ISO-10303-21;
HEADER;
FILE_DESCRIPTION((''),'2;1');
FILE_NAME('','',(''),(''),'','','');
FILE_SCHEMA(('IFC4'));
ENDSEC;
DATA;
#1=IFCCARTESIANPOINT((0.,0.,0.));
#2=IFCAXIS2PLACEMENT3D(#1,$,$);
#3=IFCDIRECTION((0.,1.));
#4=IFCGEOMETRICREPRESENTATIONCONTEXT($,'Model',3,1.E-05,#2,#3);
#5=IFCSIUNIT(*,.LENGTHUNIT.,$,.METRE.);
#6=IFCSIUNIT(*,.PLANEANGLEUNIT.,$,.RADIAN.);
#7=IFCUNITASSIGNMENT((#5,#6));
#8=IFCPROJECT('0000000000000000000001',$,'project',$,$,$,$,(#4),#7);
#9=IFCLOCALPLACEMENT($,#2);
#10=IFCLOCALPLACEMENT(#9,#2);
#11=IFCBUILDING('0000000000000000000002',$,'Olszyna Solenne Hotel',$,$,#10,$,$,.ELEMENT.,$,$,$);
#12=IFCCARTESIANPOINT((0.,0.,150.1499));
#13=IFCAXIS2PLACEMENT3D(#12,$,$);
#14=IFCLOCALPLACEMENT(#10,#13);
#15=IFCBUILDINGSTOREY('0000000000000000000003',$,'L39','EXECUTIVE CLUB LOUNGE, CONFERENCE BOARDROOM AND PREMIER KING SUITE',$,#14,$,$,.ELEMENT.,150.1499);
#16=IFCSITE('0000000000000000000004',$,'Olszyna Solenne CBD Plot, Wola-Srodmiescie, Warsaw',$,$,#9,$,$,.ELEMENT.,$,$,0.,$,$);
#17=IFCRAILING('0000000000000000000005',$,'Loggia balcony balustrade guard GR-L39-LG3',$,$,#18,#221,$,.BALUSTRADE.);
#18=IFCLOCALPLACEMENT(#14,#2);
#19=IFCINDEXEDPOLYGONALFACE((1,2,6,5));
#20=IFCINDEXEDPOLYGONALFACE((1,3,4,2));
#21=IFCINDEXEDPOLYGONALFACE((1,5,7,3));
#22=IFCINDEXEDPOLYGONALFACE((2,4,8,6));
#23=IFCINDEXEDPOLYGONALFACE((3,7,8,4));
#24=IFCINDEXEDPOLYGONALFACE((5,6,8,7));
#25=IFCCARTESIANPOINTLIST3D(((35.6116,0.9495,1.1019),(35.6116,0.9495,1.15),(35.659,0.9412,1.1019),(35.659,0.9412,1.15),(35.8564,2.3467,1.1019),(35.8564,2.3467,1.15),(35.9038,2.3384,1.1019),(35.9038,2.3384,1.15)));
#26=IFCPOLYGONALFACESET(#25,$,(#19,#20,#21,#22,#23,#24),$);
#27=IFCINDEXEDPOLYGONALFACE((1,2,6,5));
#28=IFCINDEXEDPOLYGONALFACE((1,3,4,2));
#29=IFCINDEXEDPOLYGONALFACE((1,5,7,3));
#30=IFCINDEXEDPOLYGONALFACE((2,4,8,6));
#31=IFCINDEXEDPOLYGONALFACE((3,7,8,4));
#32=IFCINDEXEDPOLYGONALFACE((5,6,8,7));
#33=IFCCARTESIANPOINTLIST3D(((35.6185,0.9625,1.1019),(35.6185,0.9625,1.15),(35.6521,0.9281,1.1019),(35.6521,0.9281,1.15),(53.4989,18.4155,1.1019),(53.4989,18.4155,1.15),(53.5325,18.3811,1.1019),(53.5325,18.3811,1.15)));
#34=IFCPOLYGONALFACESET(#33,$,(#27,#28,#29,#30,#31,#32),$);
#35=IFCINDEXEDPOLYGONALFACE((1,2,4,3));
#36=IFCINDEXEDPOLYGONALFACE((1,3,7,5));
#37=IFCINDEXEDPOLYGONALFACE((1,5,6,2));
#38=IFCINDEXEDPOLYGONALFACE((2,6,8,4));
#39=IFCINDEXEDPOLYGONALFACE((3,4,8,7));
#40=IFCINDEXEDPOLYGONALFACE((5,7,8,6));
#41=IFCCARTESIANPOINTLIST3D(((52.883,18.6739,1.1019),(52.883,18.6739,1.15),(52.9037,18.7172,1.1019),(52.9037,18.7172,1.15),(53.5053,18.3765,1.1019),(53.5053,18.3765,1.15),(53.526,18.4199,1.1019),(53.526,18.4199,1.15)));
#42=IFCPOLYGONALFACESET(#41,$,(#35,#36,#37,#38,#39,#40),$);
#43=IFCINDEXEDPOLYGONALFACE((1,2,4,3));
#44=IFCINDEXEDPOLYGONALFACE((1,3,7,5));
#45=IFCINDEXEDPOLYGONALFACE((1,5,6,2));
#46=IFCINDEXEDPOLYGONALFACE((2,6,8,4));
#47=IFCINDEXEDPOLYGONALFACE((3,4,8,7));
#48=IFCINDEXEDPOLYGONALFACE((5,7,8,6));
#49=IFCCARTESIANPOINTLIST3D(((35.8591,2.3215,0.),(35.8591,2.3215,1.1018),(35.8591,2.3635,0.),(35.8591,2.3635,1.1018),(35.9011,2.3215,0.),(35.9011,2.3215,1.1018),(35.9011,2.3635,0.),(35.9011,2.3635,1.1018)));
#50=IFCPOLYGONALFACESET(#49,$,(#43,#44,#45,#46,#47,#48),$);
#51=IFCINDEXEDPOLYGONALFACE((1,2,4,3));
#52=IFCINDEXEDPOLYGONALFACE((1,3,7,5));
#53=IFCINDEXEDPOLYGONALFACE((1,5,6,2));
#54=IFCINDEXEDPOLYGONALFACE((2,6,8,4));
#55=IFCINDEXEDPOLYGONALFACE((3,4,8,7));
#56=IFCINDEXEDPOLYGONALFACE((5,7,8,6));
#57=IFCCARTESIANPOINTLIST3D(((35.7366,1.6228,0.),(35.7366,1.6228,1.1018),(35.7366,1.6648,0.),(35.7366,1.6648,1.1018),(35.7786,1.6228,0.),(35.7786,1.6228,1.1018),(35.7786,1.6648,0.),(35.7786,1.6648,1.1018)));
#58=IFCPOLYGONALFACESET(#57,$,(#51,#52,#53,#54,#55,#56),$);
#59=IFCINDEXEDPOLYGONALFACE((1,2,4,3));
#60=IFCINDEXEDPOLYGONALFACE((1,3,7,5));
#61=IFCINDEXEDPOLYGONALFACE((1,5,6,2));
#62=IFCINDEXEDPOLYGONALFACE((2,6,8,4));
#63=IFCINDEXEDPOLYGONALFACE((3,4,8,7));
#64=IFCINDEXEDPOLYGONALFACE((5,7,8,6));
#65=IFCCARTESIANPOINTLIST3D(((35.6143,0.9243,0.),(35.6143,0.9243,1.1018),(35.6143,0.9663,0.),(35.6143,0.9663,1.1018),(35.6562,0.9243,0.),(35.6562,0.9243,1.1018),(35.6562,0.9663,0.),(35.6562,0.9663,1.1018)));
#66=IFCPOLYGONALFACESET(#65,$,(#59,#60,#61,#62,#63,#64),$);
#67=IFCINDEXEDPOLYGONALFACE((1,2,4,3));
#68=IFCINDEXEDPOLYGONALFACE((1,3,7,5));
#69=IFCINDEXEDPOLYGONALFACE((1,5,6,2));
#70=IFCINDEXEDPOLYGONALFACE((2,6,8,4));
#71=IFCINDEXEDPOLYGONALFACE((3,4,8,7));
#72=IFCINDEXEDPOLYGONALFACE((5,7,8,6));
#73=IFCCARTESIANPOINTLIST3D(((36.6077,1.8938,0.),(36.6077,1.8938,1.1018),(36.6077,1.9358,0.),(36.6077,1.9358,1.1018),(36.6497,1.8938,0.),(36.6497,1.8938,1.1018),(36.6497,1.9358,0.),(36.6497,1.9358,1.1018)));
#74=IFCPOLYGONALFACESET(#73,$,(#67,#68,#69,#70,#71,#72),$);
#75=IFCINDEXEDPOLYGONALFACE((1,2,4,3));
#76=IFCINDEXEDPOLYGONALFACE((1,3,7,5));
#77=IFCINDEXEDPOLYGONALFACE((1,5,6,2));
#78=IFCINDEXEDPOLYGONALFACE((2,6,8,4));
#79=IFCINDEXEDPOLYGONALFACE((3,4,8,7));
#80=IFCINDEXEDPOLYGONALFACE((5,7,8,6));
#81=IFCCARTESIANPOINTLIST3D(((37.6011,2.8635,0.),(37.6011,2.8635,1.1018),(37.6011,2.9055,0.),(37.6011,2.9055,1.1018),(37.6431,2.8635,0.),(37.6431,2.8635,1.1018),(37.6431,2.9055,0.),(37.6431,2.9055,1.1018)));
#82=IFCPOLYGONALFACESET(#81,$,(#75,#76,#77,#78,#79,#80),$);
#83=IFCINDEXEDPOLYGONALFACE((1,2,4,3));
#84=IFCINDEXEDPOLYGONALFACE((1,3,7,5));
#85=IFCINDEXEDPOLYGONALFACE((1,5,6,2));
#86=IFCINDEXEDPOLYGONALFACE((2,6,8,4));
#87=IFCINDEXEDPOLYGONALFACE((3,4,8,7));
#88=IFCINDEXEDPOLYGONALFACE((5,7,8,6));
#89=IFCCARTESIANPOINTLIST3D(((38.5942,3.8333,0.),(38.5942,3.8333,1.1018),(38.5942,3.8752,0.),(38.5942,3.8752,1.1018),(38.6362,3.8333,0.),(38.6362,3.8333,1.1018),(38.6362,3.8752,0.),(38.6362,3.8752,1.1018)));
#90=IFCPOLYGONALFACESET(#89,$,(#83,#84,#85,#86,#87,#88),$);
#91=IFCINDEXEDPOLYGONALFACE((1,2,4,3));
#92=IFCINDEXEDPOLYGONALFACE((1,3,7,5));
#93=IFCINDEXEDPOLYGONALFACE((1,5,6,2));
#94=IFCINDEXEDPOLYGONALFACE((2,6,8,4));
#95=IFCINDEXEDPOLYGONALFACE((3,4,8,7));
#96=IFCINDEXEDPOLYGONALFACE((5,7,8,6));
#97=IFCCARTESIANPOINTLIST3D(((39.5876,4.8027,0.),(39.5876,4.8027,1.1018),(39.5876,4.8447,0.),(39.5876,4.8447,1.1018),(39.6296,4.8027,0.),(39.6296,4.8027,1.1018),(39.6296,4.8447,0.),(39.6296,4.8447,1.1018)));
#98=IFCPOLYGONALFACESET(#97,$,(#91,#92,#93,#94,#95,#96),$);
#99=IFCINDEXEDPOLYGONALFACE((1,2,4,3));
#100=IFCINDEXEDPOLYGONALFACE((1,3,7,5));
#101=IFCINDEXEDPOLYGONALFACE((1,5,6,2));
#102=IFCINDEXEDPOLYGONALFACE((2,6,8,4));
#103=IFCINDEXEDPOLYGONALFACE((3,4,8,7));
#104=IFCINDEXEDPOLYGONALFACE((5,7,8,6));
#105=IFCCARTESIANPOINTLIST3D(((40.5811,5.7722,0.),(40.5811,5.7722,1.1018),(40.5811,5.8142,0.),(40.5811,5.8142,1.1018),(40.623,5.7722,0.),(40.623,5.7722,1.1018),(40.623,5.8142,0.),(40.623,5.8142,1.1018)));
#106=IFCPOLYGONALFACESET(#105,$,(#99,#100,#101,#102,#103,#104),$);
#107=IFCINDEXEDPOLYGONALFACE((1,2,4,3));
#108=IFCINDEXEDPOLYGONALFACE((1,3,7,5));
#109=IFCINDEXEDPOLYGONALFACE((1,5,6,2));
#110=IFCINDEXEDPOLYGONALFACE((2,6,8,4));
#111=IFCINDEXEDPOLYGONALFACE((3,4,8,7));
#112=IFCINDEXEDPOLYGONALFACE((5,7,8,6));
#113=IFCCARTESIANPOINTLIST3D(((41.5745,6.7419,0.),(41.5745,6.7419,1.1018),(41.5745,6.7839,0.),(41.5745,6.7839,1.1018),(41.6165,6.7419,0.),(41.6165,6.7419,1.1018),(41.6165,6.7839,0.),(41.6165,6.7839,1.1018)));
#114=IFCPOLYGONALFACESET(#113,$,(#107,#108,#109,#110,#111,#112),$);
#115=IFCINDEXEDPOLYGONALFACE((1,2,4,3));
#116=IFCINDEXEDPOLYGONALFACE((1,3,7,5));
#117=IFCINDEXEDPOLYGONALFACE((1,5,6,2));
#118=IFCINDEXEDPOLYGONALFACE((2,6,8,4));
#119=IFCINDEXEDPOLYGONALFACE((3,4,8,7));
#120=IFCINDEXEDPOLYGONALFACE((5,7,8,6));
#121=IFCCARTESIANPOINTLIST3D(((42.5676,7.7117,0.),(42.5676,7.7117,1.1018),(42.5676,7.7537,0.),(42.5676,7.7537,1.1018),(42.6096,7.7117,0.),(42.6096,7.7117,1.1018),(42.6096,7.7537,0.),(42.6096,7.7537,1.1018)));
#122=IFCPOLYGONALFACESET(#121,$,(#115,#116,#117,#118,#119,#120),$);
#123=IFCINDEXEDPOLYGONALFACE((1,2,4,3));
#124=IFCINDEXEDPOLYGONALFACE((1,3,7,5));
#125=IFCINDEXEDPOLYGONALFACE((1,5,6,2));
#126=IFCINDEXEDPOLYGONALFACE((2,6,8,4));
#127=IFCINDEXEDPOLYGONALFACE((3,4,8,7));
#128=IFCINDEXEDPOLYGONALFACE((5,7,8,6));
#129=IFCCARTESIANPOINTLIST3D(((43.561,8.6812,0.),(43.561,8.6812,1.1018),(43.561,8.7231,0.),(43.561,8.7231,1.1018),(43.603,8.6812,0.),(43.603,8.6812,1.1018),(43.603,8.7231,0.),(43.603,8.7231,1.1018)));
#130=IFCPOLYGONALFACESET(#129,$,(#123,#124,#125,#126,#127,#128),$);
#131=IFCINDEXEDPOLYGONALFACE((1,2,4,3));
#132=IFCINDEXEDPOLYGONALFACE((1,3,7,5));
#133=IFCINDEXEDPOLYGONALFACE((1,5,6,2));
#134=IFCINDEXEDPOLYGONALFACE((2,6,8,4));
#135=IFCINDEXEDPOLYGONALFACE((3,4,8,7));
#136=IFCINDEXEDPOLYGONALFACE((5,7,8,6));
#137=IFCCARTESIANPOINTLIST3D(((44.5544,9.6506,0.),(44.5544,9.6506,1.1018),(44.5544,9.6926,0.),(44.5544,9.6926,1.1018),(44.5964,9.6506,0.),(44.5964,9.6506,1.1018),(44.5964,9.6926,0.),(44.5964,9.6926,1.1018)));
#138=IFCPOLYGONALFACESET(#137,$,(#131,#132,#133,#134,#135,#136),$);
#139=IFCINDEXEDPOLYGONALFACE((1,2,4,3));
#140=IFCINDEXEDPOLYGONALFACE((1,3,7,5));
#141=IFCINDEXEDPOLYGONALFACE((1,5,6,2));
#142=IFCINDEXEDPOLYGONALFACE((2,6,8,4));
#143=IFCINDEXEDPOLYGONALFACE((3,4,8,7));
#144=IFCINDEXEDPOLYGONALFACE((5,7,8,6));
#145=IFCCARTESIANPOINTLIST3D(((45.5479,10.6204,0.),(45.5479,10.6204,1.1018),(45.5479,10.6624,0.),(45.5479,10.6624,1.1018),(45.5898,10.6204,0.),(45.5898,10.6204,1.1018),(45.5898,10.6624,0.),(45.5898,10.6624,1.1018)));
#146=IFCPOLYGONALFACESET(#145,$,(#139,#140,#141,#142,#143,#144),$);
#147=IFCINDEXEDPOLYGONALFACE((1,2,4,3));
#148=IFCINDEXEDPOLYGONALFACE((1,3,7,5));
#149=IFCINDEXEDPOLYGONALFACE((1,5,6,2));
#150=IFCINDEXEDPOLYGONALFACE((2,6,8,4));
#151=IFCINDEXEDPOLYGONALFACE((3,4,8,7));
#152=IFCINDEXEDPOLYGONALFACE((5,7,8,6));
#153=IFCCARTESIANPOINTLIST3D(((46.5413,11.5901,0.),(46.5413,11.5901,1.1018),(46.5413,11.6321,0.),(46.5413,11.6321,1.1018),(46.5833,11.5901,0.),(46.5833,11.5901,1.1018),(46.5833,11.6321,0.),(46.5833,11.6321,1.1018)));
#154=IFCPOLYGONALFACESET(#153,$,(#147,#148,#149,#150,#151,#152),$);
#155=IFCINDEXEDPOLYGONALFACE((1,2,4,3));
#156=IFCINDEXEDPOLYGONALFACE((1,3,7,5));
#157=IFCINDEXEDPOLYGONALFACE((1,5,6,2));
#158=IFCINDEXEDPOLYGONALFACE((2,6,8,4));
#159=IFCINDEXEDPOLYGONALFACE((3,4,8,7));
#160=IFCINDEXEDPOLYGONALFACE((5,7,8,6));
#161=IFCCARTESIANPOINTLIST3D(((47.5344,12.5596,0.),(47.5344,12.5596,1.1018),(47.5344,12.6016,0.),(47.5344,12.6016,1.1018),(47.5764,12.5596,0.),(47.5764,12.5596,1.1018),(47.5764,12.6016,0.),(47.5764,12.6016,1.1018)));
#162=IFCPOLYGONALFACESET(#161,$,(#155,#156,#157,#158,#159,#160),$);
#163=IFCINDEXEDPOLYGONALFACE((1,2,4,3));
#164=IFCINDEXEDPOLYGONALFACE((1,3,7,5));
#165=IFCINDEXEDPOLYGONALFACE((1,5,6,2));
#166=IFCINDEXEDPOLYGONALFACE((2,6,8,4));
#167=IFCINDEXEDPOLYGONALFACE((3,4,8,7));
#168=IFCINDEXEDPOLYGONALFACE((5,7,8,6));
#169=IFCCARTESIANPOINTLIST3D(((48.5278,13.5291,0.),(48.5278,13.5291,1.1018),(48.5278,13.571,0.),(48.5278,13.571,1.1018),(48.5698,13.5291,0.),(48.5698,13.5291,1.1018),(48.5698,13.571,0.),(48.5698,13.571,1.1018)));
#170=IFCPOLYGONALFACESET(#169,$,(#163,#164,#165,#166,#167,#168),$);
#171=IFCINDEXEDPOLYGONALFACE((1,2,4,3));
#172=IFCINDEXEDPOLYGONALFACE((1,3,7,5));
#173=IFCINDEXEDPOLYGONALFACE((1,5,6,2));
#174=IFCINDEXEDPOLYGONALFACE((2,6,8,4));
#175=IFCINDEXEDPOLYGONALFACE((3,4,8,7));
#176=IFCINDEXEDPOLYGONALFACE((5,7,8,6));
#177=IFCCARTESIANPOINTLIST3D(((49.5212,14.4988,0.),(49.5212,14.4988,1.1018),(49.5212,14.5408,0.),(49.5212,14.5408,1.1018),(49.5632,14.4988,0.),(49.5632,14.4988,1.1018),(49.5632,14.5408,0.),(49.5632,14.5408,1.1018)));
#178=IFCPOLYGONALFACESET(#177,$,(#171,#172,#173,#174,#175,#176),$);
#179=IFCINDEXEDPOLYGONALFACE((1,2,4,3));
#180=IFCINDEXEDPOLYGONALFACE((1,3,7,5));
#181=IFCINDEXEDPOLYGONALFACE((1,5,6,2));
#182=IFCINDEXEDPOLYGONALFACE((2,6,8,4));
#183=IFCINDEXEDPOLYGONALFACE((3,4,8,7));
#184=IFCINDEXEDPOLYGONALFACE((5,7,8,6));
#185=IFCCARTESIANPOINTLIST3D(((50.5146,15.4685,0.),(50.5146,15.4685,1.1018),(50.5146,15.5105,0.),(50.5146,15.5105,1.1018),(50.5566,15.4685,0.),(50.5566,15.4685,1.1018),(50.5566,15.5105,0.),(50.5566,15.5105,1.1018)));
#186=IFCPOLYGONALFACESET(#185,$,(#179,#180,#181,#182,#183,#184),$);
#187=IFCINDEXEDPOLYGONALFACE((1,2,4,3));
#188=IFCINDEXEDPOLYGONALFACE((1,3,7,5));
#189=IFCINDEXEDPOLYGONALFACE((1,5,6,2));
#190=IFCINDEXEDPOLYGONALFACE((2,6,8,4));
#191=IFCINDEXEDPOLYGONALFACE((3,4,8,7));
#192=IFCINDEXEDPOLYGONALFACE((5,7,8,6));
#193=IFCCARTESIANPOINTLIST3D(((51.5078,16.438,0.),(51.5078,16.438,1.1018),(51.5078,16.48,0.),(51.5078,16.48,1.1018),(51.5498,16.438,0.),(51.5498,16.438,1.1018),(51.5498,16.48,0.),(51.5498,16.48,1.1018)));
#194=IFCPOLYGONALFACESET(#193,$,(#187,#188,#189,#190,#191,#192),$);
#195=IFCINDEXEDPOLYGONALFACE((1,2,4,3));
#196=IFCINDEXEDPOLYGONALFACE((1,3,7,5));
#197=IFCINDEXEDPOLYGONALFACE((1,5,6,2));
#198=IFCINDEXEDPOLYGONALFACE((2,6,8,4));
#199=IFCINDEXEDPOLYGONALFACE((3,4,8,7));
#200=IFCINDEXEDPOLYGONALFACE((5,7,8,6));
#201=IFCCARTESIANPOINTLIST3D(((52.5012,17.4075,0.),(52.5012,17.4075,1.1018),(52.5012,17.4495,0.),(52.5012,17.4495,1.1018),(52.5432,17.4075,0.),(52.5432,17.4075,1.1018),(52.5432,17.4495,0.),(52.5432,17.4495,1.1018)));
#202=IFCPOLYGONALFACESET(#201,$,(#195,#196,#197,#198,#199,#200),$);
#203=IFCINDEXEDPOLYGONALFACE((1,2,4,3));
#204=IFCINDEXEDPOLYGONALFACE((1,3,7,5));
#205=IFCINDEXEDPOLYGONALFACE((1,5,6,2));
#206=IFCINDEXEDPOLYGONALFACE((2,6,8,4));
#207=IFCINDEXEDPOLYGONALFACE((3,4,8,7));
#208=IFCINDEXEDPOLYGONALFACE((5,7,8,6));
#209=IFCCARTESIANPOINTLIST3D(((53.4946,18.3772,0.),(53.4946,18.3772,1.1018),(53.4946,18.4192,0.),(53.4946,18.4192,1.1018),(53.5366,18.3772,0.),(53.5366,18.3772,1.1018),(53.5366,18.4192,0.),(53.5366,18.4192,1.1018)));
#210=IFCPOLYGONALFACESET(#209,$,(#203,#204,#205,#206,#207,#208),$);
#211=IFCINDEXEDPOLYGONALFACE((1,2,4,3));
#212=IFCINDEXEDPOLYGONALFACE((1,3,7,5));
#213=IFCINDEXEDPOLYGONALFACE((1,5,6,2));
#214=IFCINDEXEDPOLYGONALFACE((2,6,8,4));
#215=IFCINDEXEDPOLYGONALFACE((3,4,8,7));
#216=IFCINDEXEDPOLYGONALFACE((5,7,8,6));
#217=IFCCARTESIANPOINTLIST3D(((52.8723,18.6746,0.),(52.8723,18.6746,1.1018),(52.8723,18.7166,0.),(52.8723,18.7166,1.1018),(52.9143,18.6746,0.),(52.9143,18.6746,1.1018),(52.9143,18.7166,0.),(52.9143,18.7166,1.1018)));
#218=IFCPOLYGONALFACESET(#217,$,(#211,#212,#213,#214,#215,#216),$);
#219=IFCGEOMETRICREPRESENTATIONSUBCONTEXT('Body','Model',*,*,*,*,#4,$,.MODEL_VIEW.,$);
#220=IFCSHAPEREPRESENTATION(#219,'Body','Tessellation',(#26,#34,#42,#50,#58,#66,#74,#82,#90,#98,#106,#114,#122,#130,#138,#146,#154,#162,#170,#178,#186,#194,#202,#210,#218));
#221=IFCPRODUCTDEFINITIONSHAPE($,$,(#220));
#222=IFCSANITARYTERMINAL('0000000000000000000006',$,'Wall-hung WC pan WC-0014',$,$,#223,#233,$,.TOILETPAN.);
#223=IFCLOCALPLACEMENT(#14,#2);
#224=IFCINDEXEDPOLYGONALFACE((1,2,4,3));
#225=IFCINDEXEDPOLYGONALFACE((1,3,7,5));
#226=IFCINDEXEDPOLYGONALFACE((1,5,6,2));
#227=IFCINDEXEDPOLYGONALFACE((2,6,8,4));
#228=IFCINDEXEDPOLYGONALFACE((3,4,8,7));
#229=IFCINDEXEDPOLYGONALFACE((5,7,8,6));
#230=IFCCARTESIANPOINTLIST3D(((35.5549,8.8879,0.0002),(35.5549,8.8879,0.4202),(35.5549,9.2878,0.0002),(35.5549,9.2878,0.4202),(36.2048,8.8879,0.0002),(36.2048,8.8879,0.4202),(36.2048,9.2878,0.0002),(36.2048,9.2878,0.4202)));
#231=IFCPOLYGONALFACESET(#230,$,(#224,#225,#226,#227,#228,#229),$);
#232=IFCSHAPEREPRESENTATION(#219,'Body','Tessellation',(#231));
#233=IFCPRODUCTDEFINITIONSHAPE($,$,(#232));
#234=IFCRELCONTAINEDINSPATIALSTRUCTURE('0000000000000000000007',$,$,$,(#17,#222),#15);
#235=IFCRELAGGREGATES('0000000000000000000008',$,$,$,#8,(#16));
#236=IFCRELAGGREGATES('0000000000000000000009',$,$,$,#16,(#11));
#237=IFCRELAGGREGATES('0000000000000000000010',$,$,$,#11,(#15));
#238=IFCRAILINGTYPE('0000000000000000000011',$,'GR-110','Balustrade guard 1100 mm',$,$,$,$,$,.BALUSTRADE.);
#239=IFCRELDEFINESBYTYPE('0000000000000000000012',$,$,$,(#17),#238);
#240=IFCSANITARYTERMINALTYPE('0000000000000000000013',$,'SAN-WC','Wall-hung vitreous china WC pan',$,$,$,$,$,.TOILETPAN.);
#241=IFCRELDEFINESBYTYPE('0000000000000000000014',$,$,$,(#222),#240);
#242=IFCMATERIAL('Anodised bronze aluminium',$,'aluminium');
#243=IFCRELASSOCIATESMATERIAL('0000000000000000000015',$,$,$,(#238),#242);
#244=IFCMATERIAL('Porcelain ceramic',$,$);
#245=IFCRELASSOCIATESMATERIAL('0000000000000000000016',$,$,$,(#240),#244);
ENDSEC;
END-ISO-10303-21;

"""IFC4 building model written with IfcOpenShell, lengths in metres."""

from ifc_helpers import new_model, si_unit, direction, frame, origin, origin_2d, place, context, subcontext, project, spatial, rectangle, extrude, source, transform, mapped, material, type_object, element, save


model = new_model("IFC4")

# Units and contexts
model_context = context("Model", 3, precision=1e-05, world=origin(), true_north=direction((0.0, 1.0)))
body_context = subcontext(model_context, "Body", "Model", "MODEL_VIEW")
ifc_project = project(units=[si_unit("LENGTHUNIT", "METRE"), si_unit("PLANEANGLEUNIT", "RADIAN")], contexts=[model_context])

# Site, building, storey
site_placement = place(None, origin())
site = spatial("IfcSite", under=ifc_project, at=site_placement, Name="Olszyna Solenne CBD Plot, Wola-Srodmiescie, Warsaw", CompositionType="ELEMENT", RefElevation=0.0)
building_placement = place(site_placement, origin())
building = spatial("IfcBuilding", under=site, at=building_placement, Name="Olszyna Solenne Hotel", CompositionType="ELEMENT")
storey_placement = place(building_placement, frame((0.0, 0.0, 150.1499)))
storey = spatial("IfcBuildingStorey", under=building, at=storey_placement, Name="L39", Description="EXECUTIVE CLUB LOUNGE, CONFERENCE BOARDROOM AND PREMIER KING SUITE", CompositionType="ELEMENT", Elevation=150.1499)

# Shared definitions
ifc_material_1 = material(Name="Anodised bronze aluminium", Category="aluminium")

# Railing
railing_type = type_object("IfcRailingType", Name="GR-110", Description="Balustrade guard 1100 mm", PredefinedType="BALUSTRADE", material=ifc_material_1)
railing_placement = place(storey_placement, frame((35.8801, 2.3425, 0.0)))
element("IfcRailing", 1, at=railing_placement, inside=storey, type_object=railing_type, Name="Loggia balcony balustrade guard GR-L39-LG3", PredefinedType="BALUSTRADE", context=body_context, shape_type="SweptSolid", body=[
    extrude(rectangle(XDim=0.0481, YDim=0.0481, at=origin_2d()), frame((0.0, 0.0, 1.126), z_axis=(-0.172627, -0.984987, 0.0), x_axis=(0.984987, -0.172627, 0.0)), (0.0, 0.0, 1.0), 1.4185),
    extrude(rectangle(XDim=0.0481, YDim=0.0481, at=origin_2d()), frame((-0.2449, -1.3972, 1.126), z_axis=(0.71561, 0.698501, 0.0), x_axis=(-0.698501, 0.71561, 0.0)), (0.0, 0.0, 1.0), 24.9863),
    extrude(rectangle(XDim=0.0481, YDim=0.0481, at=origin_2d()), frame((17.6355, 16.0557, 1.126), z_axis=(-0.902284, 0.431142, 0.0), x_axis=(-0.431142, -0.902284, 0.0)), (0.0, 0.0, 1.0), 0.6897),
    extrude(rectangle(XDim=0.042, YDim=0.042, at=origin_2d()), origin(), (0.0, 0.0, 1.0), 1.1018),
    extrude(rectangle(XDim=0.042, YDim=0.042, at=origin_2d()), frame((-0.1226, -0.6987, 0.0)), (0.0, 0.0, 1.0), 1.1018),
    extrude(rectangle(XDim=0.042, YDim=0.042, at=origin_2d()), frame((-0.2449, -1.3972, 0.0)), (0.0, 0.0, 1.0), 1.1018),
    extrude(rectangle(XDim=0.042, YDim=0.042, at=origin_2d()), frame((0.7485, -0.4277, 0.0)), (0.0, 0.0, 1.0), 1.1018),
    extrude(rectangle(XDim=0.042, YDim=0.042, at=origin_2d()), frame((1.7419, 0.542, 0.0)), (0.0, 0.0, 1.0), 1.1018),
    extrude(rectangle(XDim=0.042, YDim=0.042, at=origin_2d()), frame((2.7351, 1.5117, 0.0)), (0.0, 0.0, 1.0), 1.1018),
    extrude(rectangle(XDim=0.042, YDim=0.042, at=origin_2d()), frame((3.7285, 2.4812, 0.0)), (0.0, 0.0, 1.0), 1.1018),
    extrude(rectangle(XDim=0.042, YDim=0.042, at=origin_2d()), frame((4.7219, 3.4507, 0.0)), (0.0, 0.0, 1.0), 1.1018),
    extrude(rectangle(XDim=0.042, YDim=0.042, at=origin_2d()), frame((5.7153, 4.4204, 0.0)), (0.0, 0.0, 1.0), 1.1018),
    extrude(rectangle(XDim=0.042, YDim=0.042, at=origin_2d()), frame((6.7085, 5.3901, 0.0)), (0.0, 0.0, 1.0), 1.1018),
    extrude(rectangle(XDim=0.042, YDim=0.042, at=origin_2d()), frame((7.7019, 6.3596, 0.0)), (0.0, 0.0, 1.0), 1.1018),
    extrude(rectangle(XDim=0.042, YDim=0.042, at=origin_2d()), frame((8.6953, 7.3291, 0.0)), (0.0, 0.0, 1.0), 1.1018),
    extrude(rectangle(XDim=0.042, YDim=0.042, at=origin_2d()), frame((9.6887, 8.2988, 0.0)), (0.0, 0.0, 1.0), 1.1018),
    extrude(rectangle(XDim=0.042, YDim=0.042, at=origin_2d()), frame((10.6821, 9.2686, 0.0)), (0.0, 0.0, 1.0), 1.1018),
    extrude(rectangle(XDim=0.042, YDim=0.042, at=origin_2d()), frame((11.6753, 10.238, 0.0)), (0.0, 0.0, 1.0), 1.1018),
    extrude(rectangle(XDim=0.042, YDim=0.042, at=origin_2d()), frame((12.6687, 11.2075, 0.0)), (0.0, 0.0, 1.0), 1.1018),
    extrude(rectangle(XDim=0.042, YDim=0.042, at=origin_2d()), frame((13.6621, 12.1772, 0.0)), (0.0, 0.0, 1.0), 1.1018),
    extrude(rectangle(XDim=0.042, YDim=0.042, at=origin_2d()), frame((14.6555, 13.147, 0.0)), (0.0, 0.0, 1.0), 1.1018),
    extrude(rectangle(XDim=0.042, YDim=0.042, at=origin_2d()), frame((15.6487, 14.1165, 0.0)), (0.0, 0.0, 1.0), 1.1018),
    extrude(rectangle(XDim=0.042, YDim=0.042, at=origin_2d()), frame((16.6421, 15.0859, 0.0)), (0.0, 0.0, 1.0), 1.1018),
    extrude(rectangle(XDim=0.042, YDim=0.042, at=origin_2d()), frame((17.6355, 16.0557, 0.0)), (0.0, 0.0, 1.0), 1.1018),
    extrude(rectangle(XDim=0.042, YDim=0.042, at=origin_2d()), frame((17.0132, 16.353, 0.0)), (0.0, 0.0, 1.0), 1.1018),
])

# Sanitary terminal
ifc_material_2 = material(Name="Porcelain ceramic")
sanitary_terminal_type_1 = type_object("IfcSanitaryTerminalType", Name="SAN-WC", Description="Wall-hung vitreous china WC pan", PredefinedType="TOILETPAN", material=ifc_material_2)
shared_shape_1 = source(origin(), body_context, "Body", "SweptSolid", [
    extrude(rectangle(XDim=0.6499, YDim=0.3999, at=origin_2d()), origin(), (0.0, 0.0, 1.0), 0.4199),
])
sanitary_terminal_1_placement = place(storey_placement, frame((35.8799, 9.0879, 0.0002), z_axis=(0.0, 0.0, 1.0), x_axis=(1.0, 0.0, 0.0)))
element("IfcSanitaryTerminal", 2, at=sanitary_terminal_1_placement, inside=storey, type_object=sanitary_terminal_type_1, Name="Wall-hung WC pan WC-0014", PredefinedType="TOILETPAN", context=body_context, shape_type="MappedRepresentation", body=[
    mapped(shared_shape_1, transform((0.0, 0.0, 0.0), x_axis=(1.0, 0.0, 0.0), y_axis=(0.0, 1.0, 0.0), z_axis=(0.0, 0.0, 1.0), scale=1.0)),
])

save(model, "model.ifc")
